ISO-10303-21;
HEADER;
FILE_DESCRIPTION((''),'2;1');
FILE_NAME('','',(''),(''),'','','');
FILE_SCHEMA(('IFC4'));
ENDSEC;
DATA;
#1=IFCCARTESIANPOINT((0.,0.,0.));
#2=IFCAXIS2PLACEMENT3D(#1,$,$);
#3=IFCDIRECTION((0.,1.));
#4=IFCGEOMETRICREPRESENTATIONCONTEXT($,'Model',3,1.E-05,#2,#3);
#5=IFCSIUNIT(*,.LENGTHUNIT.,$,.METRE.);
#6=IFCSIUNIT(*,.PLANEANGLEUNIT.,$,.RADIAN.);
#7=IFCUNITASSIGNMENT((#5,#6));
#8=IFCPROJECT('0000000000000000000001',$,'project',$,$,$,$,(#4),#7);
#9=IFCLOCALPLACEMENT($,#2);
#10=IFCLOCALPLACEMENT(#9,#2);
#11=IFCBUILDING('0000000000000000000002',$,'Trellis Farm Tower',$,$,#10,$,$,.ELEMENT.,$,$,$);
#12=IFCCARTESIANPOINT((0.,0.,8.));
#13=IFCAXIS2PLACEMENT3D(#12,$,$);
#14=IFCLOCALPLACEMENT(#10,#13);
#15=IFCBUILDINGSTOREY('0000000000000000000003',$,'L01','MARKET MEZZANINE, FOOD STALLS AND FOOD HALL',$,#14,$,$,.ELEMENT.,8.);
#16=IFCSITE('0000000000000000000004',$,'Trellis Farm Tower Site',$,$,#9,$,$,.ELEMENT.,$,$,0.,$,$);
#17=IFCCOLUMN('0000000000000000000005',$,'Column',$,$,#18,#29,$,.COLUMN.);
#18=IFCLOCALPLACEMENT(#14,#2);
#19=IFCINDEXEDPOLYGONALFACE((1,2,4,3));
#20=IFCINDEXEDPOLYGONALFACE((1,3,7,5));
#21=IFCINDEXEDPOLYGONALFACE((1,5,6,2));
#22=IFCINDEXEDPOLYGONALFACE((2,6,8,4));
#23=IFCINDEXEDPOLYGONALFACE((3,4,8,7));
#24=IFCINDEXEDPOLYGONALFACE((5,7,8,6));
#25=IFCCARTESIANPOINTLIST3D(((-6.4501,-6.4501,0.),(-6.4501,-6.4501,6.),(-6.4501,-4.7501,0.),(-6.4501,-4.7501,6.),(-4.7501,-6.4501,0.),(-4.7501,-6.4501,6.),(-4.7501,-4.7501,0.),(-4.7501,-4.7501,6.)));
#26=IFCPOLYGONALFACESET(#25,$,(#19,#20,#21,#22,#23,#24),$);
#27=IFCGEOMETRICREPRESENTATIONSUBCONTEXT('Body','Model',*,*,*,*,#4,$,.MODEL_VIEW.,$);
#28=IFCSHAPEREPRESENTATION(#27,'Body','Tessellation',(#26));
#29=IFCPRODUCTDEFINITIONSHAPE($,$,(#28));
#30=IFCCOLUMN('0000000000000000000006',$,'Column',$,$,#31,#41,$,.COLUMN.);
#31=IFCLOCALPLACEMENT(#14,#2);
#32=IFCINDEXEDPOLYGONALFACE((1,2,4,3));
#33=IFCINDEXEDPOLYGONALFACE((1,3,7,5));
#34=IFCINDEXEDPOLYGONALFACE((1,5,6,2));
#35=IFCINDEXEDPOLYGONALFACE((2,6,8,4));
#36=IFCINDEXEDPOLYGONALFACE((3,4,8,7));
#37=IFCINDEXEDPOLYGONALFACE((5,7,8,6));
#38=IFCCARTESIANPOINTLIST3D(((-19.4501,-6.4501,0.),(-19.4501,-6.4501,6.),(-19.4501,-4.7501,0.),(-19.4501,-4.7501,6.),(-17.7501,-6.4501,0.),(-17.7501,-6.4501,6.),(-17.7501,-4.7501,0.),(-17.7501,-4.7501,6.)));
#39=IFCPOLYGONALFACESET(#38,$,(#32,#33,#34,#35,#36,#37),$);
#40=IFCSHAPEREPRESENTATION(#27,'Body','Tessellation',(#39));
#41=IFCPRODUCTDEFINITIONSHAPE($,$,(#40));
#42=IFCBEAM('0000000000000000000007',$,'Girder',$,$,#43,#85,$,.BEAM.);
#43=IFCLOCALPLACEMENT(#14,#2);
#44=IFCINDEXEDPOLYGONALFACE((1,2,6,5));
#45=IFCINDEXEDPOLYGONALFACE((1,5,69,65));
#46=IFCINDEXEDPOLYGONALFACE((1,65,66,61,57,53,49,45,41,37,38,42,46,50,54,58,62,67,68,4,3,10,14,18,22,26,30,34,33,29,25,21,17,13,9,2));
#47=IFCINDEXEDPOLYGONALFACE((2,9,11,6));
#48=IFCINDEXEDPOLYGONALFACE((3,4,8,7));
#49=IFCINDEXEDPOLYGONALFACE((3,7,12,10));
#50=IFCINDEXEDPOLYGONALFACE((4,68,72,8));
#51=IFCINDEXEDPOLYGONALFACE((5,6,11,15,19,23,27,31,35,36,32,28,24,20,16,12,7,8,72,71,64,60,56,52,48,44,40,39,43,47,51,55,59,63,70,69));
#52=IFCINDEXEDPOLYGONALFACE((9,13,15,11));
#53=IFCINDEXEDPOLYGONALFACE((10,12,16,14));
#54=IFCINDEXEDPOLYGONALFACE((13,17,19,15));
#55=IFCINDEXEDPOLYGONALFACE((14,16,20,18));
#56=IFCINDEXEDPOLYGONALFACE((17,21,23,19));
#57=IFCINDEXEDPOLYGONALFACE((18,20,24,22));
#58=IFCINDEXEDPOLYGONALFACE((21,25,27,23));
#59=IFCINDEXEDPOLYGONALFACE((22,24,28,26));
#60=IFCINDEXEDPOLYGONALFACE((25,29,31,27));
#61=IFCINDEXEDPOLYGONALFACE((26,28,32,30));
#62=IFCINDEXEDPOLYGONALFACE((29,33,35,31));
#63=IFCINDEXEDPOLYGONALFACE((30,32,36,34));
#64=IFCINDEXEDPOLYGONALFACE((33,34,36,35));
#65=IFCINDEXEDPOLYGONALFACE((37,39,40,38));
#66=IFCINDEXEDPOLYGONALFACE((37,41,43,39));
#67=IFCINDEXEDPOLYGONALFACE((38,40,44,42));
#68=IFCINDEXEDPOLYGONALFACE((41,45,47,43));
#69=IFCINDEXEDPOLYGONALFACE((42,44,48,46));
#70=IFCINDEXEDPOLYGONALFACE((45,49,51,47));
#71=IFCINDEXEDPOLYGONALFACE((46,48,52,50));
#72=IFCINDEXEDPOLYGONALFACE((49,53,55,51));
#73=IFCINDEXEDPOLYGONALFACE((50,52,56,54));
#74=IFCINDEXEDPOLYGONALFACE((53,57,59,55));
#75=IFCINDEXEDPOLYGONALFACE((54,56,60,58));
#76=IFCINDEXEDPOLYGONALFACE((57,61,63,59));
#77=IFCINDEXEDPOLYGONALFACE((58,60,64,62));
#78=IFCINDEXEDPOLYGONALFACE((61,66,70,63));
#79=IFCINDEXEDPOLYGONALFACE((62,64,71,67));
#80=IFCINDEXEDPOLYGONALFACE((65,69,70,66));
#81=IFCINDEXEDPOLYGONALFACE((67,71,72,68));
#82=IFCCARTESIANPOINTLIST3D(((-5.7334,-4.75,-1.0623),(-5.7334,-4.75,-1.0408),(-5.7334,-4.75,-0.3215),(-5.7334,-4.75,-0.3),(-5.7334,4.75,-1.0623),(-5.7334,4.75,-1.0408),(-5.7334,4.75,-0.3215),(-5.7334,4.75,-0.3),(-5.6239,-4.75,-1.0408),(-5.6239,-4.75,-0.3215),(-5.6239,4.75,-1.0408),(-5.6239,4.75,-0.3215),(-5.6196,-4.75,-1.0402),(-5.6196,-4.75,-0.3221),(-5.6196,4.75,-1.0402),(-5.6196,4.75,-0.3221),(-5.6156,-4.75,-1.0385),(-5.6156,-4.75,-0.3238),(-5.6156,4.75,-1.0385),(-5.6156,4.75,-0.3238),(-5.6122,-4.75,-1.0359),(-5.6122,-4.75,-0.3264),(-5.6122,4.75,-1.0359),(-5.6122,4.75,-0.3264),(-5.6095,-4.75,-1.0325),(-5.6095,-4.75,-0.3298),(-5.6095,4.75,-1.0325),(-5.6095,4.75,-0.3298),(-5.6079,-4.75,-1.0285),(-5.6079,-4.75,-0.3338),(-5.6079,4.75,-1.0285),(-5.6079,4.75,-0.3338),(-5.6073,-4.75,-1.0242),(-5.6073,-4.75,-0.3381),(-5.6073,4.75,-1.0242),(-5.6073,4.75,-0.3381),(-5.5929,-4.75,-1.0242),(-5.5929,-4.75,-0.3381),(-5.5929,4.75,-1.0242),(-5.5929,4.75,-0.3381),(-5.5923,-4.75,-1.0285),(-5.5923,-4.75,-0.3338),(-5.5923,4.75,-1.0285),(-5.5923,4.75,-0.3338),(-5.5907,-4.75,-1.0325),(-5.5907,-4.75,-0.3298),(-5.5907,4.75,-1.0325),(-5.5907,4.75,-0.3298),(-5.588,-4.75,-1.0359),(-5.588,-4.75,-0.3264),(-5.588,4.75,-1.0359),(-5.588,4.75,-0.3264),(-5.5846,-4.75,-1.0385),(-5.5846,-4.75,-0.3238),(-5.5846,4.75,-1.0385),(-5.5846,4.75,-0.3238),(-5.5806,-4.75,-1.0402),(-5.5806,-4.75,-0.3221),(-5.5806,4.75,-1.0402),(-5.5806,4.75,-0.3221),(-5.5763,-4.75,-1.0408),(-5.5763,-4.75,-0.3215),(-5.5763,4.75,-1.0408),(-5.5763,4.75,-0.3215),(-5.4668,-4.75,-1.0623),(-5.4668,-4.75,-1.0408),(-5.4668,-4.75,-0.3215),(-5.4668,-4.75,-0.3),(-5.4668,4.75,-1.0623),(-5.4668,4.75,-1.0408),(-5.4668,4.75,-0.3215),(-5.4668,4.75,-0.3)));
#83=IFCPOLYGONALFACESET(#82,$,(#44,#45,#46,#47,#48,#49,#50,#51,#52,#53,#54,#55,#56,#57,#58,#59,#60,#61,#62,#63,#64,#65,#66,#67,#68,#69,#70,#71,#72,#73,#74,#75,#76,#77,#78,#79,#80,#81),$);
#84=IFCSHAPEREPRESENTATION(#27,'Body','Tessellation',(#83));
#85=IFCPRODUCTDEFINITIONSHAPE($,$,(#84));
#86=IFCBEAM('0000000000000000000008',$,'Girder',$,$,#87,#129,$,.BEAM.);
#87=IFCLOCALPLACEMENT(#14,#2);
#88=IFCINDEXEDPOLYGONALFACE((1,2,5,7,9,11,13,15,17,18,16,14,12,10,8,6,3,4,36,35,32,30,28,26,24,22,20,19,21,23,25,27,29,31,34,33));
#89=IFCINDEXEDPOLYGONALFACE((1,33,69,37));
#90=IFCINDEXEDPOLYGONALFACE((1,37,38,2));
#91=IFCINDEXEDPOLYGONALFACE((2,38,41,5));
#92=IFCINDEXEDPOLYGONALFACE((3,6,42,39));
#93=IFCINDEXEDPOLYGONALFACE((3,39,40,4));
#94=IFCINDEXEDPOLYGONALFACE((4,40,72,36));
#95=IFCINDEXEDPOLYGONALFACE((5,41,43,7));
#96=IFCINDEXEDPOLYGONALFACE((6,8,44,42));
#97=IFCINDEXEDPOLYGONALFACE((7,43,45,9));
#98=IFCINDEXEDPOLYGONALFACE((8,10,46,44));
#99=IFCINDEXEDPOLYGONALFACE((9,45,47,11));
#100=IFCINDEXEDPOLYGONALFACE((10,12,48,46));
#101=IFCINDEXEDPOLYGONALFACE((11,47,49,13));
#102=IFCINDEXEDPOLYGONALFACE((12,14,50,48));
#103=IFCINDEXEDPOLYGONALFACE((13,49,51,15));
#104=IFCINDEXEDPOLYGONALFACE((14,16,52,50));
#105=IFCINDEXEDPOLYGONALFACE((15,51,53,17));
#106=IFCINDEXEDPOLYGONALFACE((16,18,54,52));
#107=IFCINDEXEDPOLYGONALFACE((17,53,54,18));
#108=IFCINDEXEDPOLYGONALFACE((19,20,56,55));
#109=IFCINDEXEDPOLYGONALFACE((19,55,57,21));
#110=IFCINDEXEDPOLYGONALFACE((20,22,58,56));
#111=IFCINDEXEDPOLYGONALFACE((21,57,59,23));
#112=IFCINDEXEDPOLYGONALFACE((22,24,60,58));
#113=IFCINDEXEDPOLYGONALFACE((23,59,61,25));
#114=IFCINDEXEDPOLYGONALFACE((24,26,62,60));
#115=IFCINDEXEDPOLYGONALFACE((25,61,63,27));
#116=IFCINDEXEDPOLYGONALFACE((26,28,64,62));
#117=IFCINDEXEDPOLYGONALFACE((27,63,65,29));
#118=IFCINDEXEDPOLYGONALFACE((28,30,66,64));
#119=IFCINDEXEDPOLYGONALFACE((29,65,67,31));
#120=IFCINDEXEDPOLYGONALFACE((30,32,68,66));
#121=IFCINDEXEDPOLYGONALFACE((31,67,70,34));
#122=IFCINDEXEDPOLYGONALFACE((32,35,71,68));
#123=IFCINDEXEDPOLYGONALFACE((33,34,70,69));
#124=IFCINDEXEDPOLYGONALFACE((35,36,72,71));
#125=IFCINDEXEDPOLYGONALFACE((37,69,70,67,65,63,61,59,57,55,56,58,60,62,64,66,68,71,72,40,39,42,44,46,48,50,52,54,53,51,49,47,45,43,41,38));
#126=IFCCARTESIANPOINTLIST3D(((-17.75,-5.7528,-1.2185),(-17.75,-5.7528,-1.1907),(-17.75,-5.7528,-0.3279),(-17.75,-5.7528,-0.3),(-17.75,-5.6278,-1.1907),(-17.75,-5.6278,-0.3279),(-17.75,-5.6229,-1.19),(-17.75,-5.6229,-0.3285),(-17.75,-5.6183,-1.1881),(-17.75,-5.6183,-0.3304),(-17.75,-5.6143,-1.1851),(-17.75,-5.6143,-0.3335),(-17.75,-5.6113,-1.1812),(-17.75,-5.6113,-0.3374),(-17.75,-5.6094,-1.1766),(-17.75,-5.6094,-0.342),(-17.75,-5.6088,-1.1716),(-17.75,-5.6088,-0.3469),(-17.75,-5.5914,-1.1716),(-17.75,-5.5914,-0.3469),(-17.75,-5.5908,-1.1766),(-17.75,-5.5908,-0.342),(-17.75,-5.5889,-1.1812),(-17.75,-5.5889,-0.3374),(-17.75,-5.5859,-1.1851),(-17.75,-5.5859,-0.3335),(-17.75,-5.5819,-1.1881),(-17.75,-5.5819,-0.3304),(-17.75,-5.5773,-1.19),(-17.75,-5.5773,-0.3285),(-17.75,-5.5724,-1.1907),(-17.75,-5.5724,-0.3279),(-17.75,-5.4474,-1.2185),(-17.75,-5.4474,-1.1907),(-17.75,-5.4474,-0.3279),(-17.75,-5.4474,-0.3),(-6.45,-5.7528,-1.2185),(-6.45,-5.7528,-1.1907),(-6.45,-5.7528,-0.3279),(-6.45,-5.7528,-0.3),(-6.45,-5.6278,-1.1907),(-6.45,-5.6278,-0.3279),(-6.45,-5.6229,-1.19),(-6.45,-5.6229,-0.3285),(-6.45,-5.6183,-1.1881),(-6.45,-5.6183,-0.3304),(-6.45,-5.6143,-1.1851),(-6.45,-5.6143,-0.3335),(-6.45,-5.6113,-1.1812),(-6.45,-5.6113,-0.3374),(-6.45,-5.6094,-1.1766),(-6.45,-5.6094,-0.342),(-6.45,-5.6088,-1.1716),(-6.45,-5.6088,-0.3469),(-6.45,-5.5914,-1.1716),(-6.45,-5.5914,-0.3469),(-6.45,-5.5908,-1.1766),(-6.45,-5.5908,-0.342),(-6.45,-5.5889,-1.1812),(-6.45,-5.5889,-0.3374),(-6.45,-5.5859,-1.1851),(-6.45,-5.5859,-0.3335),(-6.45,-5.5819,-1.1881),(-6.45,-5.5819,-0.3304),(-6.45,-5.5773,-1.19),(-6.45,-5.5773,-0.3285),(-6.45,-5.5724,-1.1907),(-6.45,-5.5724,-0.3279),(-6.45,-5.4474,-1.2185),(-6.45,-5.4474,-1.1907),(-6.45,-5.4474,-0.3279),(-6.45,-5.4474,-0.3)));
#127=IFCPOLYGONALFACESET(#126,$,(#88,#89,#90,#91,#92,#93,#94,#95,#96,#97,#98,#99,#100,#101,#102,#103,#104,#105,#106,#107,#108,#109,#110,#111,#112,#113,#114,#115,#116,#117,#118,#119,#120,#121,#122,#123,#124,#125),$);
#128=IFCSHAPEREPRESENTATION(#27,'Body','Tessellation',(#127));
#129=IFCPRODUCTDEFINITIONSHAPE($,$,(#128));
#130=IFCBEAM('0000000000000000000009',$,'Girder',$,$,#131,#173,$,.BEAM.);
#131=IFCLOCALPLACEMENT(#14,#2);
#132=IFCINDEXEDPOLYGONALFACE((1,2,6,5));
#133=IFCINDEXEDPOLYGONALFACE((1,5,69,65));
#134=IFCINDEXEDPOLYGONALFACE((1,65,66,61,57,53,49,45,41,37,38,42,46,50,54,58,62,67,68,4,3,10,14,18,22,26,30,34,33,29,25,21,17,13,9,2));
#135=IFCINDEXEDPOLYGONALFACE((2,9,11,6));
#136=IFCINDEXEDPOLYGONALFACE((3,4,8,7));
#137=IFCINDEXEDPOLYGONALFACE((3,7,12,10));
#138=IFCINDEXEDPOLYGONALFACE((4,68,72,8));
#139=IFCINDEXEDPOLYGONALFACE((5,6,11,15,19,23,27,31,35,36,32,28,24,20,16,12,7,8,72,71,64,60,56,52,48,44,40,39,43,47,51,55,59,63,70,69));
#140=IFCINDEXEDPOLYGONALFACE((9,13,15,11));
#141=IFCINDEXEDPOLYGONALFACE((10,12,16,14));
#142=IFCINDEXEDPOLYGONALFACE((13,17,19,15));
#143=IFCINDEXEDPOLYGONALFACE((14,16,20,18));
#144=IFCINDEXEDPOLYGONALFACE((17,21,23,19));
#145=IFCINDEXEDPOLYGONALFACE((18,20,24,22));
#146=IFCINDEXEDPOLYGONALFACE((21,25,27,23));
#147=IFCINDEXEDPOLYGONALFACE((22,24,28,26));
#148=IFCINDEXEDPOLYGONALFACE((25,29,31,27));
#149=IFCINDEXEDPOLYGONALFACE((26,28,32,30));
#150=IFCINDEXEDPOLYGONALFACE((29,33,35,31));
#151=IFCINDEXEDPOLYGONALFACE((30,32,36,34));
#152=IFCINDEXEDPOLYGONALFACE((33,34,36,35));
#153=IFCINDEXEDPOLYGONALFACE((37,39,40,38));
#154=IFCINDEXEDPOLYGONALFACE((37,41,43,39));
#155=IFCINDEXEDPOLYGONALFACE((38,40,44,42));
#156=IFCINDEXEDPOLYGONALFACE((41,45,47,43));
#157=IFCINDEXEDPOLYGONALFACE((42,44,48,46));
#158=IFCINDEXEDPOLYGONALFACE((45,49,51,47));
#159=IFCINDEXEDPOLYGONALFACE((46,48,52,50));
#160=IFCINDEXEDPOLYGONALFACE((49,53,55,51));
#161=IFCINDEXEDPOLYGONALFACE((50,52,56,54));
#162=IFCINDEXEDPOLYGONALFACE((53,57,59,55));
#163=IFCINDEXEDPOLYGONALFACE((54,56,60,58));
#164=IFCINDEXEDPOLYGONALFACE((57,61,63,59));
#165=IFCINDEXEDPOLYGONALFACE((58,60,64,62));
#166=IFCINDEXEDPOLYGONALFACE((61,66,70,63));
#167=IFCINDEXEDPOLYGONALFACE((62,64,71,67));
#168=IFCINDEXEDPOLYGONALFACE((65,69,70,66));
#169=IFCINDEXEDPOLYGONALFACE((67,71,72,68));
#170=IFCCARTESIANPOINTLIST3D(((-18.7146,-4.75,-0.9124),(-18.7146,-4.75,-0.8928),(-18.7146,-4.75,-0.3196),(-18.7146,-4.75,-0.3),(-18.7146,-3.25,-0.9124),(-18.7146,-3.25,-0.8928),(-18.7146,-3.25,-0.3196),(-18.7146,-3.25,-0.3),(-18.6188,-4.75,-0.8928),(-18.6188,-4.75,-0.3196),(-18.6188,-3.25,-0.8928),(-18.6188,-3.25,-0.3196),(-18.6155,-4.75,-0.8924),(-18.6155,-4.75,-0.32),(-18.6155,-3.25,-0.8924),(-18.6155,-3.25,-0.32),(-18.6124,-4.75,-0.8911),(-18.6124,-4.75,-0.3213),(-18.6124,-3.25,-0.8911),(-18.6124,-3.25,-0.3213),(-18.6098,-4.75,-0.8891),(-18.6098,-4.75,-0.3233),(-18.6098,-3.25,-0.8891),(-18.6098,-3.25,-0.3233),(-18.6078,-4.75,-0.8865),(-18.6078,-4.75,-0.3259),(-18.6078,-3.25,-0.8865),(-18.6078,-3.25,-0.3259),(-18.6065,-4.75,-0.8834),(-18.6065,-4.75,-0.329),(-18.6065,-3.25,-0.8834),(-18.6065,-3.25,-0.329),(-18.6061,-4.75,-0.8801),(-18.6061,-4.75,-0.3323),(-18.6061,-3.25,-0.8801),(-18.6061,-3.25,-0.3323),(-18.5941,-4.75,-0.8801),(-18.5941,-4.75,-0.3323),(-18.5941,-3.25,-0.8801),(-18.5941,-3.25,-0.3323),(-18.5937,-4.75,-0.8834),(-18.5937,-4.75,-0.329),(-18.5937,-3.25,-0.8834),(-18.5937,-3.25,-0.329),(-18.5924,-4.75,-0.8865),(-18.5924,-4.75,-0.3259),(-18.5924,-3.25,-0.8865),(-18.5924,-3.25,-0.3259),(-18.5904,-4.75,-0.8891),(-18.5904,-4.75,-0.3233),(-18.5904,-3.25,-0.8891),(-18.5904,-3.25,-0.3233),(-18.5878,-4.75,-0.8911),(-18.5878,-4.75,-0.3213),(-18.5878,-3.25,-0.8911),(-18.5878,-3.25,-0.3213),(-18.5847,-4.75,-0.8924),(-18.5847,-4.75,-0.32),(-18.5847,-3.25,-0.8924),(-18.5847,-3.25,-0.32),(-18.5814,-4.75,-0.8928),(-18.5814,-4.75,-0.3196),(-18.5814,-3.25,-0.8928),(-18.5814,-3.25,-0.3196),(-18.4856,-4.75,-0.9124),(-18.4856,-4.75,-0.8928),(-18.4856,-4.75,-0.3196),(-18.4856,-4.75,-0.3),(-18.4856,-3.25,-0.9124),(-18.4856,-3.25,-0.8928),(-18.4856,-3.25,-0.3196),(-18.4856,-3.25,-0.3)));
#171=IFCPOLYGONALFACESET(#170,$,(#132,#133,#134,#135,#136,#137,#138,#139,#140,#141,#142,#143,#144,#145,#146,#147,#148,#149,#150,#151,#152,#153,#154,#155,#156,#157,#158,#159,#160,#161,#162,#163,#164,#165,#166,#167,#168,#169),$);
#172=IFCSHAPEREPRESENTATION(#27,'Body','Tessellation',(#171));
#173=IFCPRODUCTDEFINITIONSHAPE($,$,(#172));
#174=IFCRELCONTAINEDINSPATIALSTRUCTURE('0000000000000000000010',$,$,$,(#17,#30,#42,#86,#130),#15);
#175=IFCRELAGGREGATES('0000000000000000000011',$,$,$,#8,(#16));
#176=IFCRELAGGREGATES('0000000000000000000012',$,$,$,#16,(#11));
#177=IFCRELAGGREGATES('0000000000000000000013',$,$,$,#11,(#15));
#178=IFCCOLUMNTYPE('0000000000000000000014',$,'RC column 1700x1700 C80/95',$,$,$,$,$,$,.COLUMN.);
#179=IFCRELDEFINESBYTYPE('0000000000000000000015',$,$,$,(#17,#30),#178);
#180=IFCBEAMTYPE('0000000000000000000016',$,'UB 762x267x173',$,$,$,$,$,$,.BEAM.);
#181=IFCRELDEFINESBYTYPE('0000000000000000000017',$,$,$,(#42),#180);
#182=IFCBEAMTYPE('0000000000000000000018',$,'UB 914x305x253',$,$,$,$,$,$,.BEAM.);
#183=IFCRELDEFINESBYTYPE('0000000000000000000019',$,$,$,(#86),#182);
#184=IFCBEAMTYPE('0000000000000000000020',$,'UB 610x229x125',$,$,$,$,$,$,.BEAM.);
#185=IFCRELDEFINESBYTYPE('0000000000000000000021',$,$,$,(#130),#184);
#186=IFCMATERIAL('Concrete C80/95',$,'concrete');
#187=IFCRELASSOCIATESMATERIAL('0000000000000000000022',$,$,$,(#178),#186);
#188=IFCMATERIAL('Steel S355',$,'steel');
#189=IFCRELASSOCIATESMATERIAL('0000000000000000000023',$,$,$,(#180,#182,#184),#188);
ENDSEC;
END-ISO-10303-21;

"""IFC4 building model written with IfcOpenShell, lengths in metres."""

from ifc_helpers import new_model, si_unit, direction, frame, origin, origin_2d, place, context, subcontext, project, spatial, rectangle, i_section, extrude, source, transform, mapped, material, material_profile, profile_set, type_object, element, save


model = new_model("IFC4")

# Units and contexts
model_context = context("Model", 3, precision=1e-05, world=origin(), true_north=direction((0.0, 1.0)))
body_context = subcontext(model_context, "Body", "Model", "MODEL_VIEW")
ifc_project = project(units=[si_unit("LENGTHUNIT", "METRE"), si_unit("PLANEANGLEUNIT", "RADIAN")], contexts=[model_context])

# Site, building, storey
site_placement = place(None, origin())
site = spatial("IfcSite", under=ifc_project, at=site_placement, Name="Trellis Farm Tower Site", CompositionType="ELEMENT", RefElevation=0.0)
building_placement = place(site_placement, origin())
building = spatial("IfcBuilding", under=site, at=building_placement, Name="Trellis Farm Tower", CompositionType="ELEMENT")
storey_placement = place(building_placement, frame((0.0, 0.0, 8.0)))
storey = spatial("IfcBuildingStorey", under=building, at=storey_placement, Name="L01", Description="MARKET MEZZANINE, FOOD STALLS AND FOOD HALL", CompositionType="ELEMENT", Elevation=8.0)

# Columns
ifc_material_1 = material(Name="Concrete C80/95", Category="concrete")
ifc_material_profile_1 = material_profile(ifc_material_1, rectangle(XDim=1.7, YDim=1.7, at=origin_2d()), Name="RC column 1700x1700 C80/95")
ifc_profile_set_1 = profile_set([ifc_material_profile_1], Name="Concrete C80/95")
column_type = type_object("IfcColumnType", Name="RC column 1700x1700 C80/95", PredefinedType="COLUMN", material=ifc_profile_set_1)
shared_shape_1 = source(origin(), body_context, "Body", "SweptSolid", [
    extrude(rectangle(XDim=1.7, YDim=1.7, at=origin_2d()), origin(), (0.0, 0.0, 1.0), 6.0),
])
for number, where, z_axis, x_axis, name in (
    (1, (-5.6001, -5.6001, 0.0), (0.0, 0.0, 1.0), (1.0, 0.0, 0.0), "Column"),
    (2, (-18.6001, -5.6001, 0.0), (0.0, 0.0, 1.0), (1.0, 0.0, 0.0), "Column"),
):
    element("IfcColumn", number, at=place(storey_placement, frame(where, z_axis=z_axis, x_axis=x_axis)), inside=storey, type_object=column_type, Name=name, PredefinedType="COLUMN", context=body_context, shape_type="MappedRepresentation", body=[
        mapped(shared_shape_1, transform((0.0, 0.0, 0.0))),
    ])

# Beams
ifc_material_2 = material(Name="Steel S355", Category="steel")
ifc_material_profile_2 = material_profile(ifc_material_2, i_section(OverallWidth=0.2666, OverallDepth=0.7622, WebThickness=0.0144, FlangeThickness=0.0215, FilletRadius=0.0166, at=origin_2d()), Name="UB 762x267x173")
ifc_profile_set_2 = profile_set([ifc_material_profile_2], Name="Steel S355")
beam_type_1 = type_object("IfcBeamType", Name="UB 762x267x173", PredefinedType="BEAM", material=ifc_profile_set_2)
shared_shape_2 = source(origin(), body_context, "Body", "SweptSolid", [
    extrude(i_section(OverallWidth=0.2666, OverallDepth=0.7622, WebThickness=0.0144, FlangeThickness=0.0215, FilletRadius=0.0166, at=origin_2d()), origin(), (0.0, 0.0, 1.0), 9.5),
])
beam_1_placement = place(storey_placement, frame((-5.6001, -4.75, -0.6812), z_axis=(0.0, 1.0, 0.0), x_axis=(-1.0, 0.0, 0.0)))
element("IfcBeam", 3, at=beam_1_placement, inside=storey, type_object=beam_type_1, Name="Girder", PredefinedType="BEAM", context=body_context, shape_type="MappedRepresentation", body=[
    mapped(shared_shape_2, transform((0.0, 0.0, 0.0))),
])
ifc_material_profile_3 = material_profile(ifc_material_2, i_section(OverallWidth=0.3054, OverallDepth=0.9185, WebThickness=0.0173, FlangeThickness=0.0278, FilletRadius=0.019, at=origin_2d()), Name="UB 914x305x253")
ifc_profile_set_3 = profile_set([ifc_material_profile_3], Name="Steel S355")
beam_type_2 = type_object("IfcBeamType", Name="UB 914x305x253", PredefinedType="BEAM", material=ifc_profile_set_3)
shared_shape_3 = source(origin(), body_context, "Body", "SweptSolid", [
    extrude(i_section(OverallWidth=0.3054, OverallDepth=0.9185, WebThickness=0.0173, FlangeThickness=0.0278, FilletRadius=0.019, at=origin_2d()), origin(), (0.0, 0.0, 1.0), 11.3),
])
beam_2_placement = place(storey_placement, frame((-17.75, -5.6001, -0.7593), z_axis=(1.0, 0.0, 0.0), x_axis=(0.0, 1.0, 0.0)))
element("IfcBeam", 4, at=beam_2_placement, inside=storey, type_object=beam_type_2, Name="Girder", PredefinedType="BEAM", context=body_context, shape_type="MappedRepresentation", body=[
    mapped(shared_shape_3, transform((0.0, 0.0, 0.0))),
])
ifc_material_profile_4 = material_profile(ifc_material_2, i_section(OverallWidth=0.229, OverallDepth=0.6123, WebThickness=0.012, FlangeThickness=0.0195, FilletRadius=0.0127, at=origin_2d()), Name="UB 610x229x125")
ifc_profile_set_4 = profile_set([ifc_material_profile_4], Name="Steel S355")
beam_type_3 = type_object("IfcBeamType", Name="UB 610x229x125", PredefinedType="BEAM", material=ifc_profile_set_4)
shared_shape_4 = source(origin(), body_context, "Body", "SweptSolid", [
    extrude(i_section(OverallWidth=0.229, OverallDepth=0.6123, WebThickness=0.012, FlangeThickness=0.0195, FilletRadius=0.0127, at=origin_2d()), origin(), (0.0, 0.0, 1.0), 1.5),
])
beam_3_placement = place(storey_placement, frame((-18.6001, -4.75, -0.6062), z_axis=(0.0, 1.0, 0.0), x_axis=(-1.0, 0.0, 0.0)))
element("IfcBeam", 5, at=beam_3_placement, inside=storey, type_object=beam_type_3, Name="Girder", PredefinedType="BEAM", context=body_context, shape_type="MappedRepresentation", body=[
    mapped(shared_shape_4, transform((0.0, 0.0, 0.0))),
])

save(model, "model.ifc")
